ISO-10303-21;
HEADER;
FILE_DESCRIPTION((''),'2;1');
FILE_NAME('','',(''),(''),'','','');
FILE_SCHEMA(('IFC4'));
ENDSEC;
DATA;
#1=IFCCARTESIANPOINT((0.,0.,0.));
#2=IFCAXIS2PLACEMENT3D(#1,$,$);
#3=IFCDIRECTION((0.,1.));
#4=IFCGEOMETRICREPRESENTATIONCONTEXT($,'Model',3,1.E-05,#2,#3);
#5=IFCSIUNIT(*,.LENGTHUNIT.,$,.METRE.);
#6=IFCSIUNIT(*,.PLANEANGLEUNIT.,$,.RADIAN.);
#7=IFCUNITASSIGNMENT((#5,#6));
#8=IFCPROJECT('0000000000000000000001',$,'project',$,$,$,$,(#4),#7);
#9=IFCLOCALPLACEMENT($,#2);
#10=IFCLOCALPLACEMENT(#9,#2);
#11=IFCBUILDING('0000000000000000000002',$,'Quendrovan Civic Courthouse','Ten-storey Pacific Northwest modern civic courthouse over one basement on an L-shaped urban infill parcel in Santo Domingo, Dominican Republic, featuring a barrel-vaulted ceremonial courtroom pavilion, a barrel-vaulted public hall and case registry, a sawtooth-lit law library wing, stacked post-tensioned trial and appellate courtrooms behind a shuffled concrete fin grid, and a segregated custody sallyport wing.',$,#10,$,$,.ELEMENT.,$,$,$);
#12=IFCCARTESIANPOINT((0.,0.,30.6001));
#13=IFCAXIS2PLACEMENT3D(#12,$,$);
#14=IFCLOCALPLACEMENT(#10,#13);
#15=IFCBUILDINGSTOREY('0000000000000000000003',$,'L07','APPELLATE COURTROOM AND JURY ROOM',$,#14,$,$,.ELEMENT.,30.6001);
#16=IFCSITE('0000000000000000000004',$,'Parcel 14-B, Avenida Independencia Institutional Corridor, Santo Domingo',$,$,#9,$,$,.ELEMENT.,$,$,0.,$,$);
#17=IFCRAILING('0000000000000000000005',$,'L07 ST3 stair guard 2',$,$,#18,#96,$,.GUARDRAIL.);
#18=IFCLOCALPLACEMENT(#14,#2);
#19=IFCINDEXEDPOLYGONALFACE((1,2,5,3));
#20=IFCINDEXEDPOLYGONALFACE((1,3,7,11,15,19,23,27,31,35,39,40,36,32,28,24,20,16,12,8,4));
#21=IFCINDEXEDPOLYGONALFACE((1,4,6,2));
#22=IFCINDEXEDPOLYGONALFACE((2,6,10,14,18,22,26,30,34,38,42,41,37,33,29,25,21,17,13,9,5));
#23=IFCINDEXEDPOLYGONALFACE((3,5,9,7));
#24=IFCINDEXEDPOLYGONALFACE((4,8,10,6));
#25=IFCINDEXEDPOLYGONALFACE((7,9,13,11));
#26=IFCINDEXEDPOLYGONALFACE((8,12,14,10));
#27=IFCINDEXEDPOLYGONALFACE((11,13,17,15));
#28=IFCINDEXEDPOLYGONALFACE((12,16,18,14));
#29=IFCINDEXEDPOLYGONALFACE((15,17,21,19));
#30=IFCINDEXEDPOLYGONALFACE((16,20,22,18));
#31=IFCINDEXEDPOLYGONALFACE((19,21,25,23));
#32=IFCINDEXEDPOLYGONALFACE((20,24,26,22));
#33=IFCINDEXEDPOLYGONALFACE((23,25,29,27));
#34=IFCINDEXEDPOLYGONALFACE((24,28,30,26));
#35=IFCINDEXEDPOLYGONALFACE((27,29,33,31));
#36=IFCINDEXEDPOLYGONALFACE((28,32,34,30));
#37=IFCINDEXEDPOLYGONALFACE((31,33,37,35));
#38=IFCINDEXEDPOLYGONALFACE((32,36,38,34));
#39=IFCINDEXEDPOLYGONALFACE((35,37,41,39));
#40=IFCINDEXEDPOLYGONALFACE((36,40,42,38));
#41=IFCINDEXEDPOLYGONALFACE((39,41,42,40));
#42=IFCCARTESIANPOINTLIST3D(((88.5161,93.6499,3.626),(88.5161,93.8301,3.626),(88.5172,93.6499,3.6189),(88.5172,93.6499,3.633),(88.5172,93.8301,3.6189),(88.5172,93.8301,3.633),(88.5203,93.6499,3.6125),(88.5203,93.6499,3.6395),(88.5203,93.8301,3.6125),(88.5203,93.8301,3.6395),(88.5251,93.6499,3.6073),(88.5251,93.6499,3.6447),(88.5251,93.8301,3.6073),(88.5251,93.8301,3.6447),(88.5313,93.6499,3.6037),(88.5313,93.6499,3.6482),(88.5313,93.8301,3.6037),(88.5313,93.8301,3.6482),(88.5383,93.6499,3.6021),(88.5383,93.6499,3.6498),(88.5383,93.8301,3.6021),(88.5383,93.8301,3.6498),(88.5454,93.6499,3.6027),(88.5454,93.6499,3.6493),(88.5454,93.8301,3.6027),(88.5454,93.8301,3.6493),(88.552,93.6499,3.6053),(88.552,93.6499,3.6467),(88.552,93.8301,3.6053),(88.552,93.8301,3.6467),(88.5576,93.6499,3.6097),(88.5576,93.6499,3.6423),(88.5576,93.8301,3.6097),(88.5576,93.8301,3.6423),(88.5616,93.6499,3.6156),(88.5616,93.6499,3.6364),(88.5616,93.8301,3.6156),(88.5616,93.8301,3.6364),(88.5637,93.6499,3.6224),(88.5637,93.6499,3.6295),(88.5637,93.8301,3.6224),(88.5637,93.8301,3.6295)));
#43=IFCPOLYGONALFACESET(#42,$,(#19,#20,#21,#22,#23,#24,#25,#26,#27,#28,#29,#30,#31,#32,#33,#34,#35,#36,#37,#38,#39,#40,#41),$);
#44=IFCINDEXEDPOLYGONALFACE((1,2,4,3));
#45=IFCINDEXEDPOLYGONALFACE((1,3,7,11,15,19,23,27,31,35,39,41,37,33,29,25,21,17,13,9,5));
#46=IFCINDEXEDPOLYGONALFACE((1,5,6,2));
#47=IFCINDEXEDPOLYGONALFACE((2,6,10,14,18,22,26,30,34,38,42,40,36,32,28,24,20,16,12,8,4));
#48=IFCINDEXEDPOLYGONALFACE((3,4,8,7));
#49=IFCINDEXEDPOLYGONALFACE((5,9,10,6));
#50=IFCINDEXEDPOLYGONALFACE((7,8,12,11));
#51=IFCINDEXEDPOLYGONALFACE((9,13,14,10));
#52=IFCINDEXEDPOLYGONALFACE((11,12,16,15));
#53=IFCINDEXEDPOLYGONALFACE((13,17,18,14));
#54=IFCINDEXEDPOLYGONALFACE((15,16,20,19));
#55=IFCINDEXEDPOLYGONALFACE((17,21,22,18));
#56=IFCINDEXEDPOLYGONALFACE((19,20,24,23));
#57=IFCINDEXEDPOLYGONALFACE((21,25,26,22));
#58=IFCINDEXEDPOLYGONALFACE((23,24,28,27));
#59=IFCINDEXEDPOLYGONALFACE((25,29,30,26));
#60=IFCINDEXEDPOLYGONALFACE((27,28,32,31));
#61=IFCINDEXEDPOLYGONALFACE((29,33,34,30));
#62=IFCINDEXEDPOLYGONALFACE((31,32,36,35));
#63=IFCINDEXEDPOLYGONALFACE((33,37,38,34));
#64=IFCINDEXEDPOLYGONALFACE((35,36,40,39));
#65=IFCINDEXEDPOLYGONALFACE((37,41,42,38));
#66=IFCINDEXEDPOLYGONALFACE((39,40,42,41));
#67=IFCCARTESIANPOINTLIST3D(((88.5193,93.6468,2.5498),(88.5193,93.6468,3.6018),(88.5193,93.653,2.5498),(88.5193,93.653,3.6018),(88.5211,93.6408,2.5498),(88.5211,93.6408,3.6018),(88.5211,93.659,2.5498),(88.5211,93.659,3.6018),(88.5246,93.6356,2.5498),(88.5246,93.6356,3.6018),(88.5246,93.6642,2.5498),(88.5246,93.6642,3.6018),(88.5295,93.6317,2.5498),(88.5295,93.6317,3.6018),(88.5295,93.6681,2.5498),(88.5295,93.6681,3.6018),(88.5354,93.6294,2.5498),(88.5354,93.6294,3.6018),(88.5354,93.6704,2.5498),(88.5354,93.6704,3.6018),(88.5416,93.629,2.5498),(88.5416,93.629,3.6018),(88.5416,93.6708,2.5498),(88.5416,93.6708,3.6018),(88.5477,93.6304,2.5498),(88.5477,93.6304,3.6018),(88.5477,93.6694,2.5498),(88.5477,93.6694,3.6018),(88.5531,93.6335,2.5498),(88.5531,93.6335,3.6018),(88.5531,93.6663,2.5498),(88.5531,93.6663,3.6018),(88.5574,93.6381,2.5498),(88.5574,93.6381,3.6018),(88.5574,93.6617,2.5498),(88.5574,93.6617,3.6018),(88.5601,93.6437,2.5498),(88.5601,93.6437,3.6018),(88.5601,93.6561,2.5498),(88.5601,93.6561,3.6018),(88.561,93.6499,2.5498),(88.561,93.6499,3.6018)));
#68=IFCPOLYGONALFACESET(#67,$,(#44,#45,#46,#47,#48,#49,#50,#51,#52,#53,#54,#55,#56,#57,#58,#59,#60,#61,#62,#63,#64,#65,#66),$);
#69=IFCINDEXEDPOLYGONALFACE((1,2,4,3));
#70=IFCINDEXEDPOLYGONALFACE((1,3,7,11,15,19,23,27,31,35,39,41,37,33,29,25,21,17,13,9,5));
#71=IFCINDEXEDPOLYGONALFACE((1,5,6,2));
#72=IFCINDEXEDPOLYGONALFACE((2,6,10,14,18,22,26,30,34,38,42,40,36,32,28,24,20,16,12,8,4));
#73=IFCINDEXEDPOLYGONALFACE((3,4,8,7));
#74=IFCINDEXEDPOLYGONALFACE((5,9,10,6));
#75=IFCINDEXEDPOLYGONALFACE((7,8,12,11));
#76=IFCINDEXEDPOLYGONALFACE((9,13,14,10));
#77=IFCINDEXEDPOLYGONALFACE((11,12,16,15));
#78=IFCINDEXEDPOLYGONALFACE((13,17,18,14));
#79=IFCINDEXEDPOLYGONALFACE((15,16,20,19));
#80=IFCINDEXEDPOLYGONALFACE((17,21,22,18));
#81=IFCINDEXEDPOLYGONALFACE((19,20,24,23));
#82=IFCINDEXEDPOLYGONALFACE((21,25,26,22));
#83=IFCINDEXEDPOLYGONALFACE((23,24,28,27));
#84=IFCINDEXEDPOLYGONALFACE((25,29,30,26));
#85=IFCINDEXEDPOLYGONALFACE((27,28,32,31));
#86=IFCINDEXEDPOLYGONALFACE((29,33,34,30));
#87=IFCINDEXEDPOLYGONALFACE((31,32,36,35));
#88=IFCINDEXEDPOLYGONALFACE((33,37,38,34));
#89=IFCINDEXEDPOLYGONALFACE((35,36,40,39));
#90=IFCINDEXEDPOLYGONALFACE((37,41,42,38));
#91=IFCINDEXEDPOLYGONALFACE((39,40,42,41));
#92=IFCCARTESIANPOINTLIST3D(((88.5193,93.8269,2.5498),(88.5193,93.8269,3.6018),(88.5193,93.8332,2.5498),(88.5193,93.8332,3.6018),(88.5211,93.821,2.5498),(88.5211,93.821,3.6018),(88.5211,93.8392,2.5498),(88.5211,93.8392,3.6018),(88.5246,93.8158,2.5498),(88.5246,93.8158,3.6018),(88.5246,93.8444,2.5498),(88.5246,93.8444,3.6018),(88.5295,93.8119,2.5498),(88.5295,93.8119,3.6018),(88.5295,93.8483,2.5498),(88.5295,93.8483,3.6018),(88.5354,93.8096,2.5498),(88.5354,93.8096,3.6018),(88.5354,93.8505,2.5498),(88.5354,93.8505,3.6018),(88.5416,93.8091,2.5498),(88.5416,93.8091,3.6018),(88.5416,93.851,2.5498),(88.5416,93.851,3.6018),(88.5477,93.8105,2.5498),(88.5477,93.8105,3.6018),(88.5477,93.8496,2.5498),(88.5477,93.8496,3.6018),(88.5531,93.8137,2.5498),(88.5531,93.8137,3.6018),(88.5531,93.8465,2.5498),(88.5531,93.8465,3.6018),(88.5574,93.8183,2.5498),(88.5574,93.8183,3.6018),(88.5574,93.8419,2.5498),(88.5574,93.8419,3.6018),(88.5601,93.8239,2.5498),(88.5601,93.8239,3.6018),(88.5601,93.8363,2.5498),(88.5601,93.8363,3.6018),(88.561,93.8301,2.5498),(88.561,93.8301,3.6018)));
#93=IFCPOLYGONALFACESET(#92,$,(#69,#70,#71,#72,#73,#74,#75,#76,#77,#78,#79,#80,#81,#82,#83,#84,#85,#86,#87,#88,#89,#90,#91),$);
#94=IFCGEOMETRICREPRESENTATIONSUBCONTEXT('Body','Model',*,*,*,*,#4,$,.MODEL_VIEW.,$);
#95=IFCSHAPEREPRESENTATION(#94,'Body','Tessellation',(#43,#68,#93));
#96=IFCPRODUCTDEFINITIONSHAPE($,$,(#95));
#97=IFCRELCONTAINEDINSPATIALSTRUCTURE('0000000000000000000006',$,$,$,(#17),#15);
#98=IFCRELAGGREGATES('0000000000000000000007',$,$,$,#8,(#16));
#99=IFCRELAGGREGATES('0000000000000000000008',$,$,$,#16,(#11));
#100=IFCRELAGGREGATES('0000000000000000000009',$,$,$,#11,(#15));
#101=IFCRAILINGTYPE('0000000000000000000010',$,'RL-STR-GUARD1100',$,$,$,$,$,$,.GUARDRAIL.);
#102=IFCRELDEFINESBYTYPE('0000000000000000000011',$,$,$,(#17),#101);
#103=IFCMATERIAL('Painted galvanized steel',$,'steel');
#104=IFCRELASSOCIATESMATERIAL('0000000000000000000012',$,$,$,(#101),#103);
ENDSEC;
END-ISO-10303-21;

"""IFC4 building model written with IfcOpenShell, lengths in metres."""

from ifc_helpers import new_model, si_unit, direction, frame, origin, origin_2d, place, context, subcontext, project, spatial, circle, extrude, material, type_object, element, save


model = new_model("IFC4")

# Units and contexts
model_context = context("Model", 3, precision=1e-05, world=origin(), true_north=direction((0.0, 1.0)))
body_context = subcontext(model_context, "Body", "Model", "MODEL_VIEW")
ifc_project = project(units=[si_unit("LENGTHUNIT", "METRE"), si_unit("PLANEANGLEUNIT", "RADIAN")], contexts=[model_context])

# Site, building, storey
site_placement = place(None, origin())
site = spatial("IfcSite", under=ifc_project, at=site_placement, Name="Parcel 14-B, Avenida Independencia Institutional Corridor, Santo Domingo", CompositionType="ELEMENT", RefElevation=0.0)
building_placement = place(site_placement, origin())
building = spatial("IfcBuilding", under=site, at=building_placement, Name="Quendrovan Civic Courthouse", Description="Ten-storey Pacific Northwest modern civic courthouse over one basement on an L-shaped urban infill parcel in Santo Domingo, Dominican Republic, featuring a barrel-vaulted ceremonial courtroom pavilion, a barrel-vaulted public hall and case registry, a sawtooth-lit law library wing, stacked post-tensioned trial and appellate courtrooms behind a shuffled concrete fin grid, and a segregated custody sallyport wing.", CompositionType="ELEMENT")
storey_placement = place(building_placement, frame((0.0, 0.0, 30.6001)))
storey = spatial("IfcBuildingStorey", under=building, at=storey_placement, Name="L07", Description="APPELLATE COURTROOM AND JURY ROOM", CompositionType="ELEMENT", Elevation=30.6001)

# Railing
ifc_material_1 = material(Name="Painted galvanized steel", Category="steel")
railing_type_1 = type_object("IfcRailingType", Name="RL-STR-GUARD1100", PredefinedType="GUARDRAIL", material=ifc_material_1)
railing_1_placement = place(storey_placement, frame((88.54, 93.6499, 2.5498)))
element("IfcRailing", 1, at=railing_1_placement, inside=storey, type_object=railing_type_1, Name="L07 ST3 stair guard 2", PredefinedType="GUARDRAIL", context=body_context, shape_type="SweptSolid", body=[
    extrude(circle(Radius=0.0239, at=origin_2d()), frame((0.0, 0.0, 1.0762), z_axis=(0.0, 1.0, 0.0), x_axis=(-1.0, 0.0, 0.0)), (0.0, 0.0, 1.0), 0.1802),
    extrude(circle(Radius=0.021, at=origin_2d()), origin(), (0.0, 0.0, 1.0), 1.052),
    extrude(circle(Radius=0.021, at=origin_2d()), frame((0.0, 0.1802, 0.0)), (0.0, 0.0, 1.0), 1.052),
])

save(model, "model.ifc")
